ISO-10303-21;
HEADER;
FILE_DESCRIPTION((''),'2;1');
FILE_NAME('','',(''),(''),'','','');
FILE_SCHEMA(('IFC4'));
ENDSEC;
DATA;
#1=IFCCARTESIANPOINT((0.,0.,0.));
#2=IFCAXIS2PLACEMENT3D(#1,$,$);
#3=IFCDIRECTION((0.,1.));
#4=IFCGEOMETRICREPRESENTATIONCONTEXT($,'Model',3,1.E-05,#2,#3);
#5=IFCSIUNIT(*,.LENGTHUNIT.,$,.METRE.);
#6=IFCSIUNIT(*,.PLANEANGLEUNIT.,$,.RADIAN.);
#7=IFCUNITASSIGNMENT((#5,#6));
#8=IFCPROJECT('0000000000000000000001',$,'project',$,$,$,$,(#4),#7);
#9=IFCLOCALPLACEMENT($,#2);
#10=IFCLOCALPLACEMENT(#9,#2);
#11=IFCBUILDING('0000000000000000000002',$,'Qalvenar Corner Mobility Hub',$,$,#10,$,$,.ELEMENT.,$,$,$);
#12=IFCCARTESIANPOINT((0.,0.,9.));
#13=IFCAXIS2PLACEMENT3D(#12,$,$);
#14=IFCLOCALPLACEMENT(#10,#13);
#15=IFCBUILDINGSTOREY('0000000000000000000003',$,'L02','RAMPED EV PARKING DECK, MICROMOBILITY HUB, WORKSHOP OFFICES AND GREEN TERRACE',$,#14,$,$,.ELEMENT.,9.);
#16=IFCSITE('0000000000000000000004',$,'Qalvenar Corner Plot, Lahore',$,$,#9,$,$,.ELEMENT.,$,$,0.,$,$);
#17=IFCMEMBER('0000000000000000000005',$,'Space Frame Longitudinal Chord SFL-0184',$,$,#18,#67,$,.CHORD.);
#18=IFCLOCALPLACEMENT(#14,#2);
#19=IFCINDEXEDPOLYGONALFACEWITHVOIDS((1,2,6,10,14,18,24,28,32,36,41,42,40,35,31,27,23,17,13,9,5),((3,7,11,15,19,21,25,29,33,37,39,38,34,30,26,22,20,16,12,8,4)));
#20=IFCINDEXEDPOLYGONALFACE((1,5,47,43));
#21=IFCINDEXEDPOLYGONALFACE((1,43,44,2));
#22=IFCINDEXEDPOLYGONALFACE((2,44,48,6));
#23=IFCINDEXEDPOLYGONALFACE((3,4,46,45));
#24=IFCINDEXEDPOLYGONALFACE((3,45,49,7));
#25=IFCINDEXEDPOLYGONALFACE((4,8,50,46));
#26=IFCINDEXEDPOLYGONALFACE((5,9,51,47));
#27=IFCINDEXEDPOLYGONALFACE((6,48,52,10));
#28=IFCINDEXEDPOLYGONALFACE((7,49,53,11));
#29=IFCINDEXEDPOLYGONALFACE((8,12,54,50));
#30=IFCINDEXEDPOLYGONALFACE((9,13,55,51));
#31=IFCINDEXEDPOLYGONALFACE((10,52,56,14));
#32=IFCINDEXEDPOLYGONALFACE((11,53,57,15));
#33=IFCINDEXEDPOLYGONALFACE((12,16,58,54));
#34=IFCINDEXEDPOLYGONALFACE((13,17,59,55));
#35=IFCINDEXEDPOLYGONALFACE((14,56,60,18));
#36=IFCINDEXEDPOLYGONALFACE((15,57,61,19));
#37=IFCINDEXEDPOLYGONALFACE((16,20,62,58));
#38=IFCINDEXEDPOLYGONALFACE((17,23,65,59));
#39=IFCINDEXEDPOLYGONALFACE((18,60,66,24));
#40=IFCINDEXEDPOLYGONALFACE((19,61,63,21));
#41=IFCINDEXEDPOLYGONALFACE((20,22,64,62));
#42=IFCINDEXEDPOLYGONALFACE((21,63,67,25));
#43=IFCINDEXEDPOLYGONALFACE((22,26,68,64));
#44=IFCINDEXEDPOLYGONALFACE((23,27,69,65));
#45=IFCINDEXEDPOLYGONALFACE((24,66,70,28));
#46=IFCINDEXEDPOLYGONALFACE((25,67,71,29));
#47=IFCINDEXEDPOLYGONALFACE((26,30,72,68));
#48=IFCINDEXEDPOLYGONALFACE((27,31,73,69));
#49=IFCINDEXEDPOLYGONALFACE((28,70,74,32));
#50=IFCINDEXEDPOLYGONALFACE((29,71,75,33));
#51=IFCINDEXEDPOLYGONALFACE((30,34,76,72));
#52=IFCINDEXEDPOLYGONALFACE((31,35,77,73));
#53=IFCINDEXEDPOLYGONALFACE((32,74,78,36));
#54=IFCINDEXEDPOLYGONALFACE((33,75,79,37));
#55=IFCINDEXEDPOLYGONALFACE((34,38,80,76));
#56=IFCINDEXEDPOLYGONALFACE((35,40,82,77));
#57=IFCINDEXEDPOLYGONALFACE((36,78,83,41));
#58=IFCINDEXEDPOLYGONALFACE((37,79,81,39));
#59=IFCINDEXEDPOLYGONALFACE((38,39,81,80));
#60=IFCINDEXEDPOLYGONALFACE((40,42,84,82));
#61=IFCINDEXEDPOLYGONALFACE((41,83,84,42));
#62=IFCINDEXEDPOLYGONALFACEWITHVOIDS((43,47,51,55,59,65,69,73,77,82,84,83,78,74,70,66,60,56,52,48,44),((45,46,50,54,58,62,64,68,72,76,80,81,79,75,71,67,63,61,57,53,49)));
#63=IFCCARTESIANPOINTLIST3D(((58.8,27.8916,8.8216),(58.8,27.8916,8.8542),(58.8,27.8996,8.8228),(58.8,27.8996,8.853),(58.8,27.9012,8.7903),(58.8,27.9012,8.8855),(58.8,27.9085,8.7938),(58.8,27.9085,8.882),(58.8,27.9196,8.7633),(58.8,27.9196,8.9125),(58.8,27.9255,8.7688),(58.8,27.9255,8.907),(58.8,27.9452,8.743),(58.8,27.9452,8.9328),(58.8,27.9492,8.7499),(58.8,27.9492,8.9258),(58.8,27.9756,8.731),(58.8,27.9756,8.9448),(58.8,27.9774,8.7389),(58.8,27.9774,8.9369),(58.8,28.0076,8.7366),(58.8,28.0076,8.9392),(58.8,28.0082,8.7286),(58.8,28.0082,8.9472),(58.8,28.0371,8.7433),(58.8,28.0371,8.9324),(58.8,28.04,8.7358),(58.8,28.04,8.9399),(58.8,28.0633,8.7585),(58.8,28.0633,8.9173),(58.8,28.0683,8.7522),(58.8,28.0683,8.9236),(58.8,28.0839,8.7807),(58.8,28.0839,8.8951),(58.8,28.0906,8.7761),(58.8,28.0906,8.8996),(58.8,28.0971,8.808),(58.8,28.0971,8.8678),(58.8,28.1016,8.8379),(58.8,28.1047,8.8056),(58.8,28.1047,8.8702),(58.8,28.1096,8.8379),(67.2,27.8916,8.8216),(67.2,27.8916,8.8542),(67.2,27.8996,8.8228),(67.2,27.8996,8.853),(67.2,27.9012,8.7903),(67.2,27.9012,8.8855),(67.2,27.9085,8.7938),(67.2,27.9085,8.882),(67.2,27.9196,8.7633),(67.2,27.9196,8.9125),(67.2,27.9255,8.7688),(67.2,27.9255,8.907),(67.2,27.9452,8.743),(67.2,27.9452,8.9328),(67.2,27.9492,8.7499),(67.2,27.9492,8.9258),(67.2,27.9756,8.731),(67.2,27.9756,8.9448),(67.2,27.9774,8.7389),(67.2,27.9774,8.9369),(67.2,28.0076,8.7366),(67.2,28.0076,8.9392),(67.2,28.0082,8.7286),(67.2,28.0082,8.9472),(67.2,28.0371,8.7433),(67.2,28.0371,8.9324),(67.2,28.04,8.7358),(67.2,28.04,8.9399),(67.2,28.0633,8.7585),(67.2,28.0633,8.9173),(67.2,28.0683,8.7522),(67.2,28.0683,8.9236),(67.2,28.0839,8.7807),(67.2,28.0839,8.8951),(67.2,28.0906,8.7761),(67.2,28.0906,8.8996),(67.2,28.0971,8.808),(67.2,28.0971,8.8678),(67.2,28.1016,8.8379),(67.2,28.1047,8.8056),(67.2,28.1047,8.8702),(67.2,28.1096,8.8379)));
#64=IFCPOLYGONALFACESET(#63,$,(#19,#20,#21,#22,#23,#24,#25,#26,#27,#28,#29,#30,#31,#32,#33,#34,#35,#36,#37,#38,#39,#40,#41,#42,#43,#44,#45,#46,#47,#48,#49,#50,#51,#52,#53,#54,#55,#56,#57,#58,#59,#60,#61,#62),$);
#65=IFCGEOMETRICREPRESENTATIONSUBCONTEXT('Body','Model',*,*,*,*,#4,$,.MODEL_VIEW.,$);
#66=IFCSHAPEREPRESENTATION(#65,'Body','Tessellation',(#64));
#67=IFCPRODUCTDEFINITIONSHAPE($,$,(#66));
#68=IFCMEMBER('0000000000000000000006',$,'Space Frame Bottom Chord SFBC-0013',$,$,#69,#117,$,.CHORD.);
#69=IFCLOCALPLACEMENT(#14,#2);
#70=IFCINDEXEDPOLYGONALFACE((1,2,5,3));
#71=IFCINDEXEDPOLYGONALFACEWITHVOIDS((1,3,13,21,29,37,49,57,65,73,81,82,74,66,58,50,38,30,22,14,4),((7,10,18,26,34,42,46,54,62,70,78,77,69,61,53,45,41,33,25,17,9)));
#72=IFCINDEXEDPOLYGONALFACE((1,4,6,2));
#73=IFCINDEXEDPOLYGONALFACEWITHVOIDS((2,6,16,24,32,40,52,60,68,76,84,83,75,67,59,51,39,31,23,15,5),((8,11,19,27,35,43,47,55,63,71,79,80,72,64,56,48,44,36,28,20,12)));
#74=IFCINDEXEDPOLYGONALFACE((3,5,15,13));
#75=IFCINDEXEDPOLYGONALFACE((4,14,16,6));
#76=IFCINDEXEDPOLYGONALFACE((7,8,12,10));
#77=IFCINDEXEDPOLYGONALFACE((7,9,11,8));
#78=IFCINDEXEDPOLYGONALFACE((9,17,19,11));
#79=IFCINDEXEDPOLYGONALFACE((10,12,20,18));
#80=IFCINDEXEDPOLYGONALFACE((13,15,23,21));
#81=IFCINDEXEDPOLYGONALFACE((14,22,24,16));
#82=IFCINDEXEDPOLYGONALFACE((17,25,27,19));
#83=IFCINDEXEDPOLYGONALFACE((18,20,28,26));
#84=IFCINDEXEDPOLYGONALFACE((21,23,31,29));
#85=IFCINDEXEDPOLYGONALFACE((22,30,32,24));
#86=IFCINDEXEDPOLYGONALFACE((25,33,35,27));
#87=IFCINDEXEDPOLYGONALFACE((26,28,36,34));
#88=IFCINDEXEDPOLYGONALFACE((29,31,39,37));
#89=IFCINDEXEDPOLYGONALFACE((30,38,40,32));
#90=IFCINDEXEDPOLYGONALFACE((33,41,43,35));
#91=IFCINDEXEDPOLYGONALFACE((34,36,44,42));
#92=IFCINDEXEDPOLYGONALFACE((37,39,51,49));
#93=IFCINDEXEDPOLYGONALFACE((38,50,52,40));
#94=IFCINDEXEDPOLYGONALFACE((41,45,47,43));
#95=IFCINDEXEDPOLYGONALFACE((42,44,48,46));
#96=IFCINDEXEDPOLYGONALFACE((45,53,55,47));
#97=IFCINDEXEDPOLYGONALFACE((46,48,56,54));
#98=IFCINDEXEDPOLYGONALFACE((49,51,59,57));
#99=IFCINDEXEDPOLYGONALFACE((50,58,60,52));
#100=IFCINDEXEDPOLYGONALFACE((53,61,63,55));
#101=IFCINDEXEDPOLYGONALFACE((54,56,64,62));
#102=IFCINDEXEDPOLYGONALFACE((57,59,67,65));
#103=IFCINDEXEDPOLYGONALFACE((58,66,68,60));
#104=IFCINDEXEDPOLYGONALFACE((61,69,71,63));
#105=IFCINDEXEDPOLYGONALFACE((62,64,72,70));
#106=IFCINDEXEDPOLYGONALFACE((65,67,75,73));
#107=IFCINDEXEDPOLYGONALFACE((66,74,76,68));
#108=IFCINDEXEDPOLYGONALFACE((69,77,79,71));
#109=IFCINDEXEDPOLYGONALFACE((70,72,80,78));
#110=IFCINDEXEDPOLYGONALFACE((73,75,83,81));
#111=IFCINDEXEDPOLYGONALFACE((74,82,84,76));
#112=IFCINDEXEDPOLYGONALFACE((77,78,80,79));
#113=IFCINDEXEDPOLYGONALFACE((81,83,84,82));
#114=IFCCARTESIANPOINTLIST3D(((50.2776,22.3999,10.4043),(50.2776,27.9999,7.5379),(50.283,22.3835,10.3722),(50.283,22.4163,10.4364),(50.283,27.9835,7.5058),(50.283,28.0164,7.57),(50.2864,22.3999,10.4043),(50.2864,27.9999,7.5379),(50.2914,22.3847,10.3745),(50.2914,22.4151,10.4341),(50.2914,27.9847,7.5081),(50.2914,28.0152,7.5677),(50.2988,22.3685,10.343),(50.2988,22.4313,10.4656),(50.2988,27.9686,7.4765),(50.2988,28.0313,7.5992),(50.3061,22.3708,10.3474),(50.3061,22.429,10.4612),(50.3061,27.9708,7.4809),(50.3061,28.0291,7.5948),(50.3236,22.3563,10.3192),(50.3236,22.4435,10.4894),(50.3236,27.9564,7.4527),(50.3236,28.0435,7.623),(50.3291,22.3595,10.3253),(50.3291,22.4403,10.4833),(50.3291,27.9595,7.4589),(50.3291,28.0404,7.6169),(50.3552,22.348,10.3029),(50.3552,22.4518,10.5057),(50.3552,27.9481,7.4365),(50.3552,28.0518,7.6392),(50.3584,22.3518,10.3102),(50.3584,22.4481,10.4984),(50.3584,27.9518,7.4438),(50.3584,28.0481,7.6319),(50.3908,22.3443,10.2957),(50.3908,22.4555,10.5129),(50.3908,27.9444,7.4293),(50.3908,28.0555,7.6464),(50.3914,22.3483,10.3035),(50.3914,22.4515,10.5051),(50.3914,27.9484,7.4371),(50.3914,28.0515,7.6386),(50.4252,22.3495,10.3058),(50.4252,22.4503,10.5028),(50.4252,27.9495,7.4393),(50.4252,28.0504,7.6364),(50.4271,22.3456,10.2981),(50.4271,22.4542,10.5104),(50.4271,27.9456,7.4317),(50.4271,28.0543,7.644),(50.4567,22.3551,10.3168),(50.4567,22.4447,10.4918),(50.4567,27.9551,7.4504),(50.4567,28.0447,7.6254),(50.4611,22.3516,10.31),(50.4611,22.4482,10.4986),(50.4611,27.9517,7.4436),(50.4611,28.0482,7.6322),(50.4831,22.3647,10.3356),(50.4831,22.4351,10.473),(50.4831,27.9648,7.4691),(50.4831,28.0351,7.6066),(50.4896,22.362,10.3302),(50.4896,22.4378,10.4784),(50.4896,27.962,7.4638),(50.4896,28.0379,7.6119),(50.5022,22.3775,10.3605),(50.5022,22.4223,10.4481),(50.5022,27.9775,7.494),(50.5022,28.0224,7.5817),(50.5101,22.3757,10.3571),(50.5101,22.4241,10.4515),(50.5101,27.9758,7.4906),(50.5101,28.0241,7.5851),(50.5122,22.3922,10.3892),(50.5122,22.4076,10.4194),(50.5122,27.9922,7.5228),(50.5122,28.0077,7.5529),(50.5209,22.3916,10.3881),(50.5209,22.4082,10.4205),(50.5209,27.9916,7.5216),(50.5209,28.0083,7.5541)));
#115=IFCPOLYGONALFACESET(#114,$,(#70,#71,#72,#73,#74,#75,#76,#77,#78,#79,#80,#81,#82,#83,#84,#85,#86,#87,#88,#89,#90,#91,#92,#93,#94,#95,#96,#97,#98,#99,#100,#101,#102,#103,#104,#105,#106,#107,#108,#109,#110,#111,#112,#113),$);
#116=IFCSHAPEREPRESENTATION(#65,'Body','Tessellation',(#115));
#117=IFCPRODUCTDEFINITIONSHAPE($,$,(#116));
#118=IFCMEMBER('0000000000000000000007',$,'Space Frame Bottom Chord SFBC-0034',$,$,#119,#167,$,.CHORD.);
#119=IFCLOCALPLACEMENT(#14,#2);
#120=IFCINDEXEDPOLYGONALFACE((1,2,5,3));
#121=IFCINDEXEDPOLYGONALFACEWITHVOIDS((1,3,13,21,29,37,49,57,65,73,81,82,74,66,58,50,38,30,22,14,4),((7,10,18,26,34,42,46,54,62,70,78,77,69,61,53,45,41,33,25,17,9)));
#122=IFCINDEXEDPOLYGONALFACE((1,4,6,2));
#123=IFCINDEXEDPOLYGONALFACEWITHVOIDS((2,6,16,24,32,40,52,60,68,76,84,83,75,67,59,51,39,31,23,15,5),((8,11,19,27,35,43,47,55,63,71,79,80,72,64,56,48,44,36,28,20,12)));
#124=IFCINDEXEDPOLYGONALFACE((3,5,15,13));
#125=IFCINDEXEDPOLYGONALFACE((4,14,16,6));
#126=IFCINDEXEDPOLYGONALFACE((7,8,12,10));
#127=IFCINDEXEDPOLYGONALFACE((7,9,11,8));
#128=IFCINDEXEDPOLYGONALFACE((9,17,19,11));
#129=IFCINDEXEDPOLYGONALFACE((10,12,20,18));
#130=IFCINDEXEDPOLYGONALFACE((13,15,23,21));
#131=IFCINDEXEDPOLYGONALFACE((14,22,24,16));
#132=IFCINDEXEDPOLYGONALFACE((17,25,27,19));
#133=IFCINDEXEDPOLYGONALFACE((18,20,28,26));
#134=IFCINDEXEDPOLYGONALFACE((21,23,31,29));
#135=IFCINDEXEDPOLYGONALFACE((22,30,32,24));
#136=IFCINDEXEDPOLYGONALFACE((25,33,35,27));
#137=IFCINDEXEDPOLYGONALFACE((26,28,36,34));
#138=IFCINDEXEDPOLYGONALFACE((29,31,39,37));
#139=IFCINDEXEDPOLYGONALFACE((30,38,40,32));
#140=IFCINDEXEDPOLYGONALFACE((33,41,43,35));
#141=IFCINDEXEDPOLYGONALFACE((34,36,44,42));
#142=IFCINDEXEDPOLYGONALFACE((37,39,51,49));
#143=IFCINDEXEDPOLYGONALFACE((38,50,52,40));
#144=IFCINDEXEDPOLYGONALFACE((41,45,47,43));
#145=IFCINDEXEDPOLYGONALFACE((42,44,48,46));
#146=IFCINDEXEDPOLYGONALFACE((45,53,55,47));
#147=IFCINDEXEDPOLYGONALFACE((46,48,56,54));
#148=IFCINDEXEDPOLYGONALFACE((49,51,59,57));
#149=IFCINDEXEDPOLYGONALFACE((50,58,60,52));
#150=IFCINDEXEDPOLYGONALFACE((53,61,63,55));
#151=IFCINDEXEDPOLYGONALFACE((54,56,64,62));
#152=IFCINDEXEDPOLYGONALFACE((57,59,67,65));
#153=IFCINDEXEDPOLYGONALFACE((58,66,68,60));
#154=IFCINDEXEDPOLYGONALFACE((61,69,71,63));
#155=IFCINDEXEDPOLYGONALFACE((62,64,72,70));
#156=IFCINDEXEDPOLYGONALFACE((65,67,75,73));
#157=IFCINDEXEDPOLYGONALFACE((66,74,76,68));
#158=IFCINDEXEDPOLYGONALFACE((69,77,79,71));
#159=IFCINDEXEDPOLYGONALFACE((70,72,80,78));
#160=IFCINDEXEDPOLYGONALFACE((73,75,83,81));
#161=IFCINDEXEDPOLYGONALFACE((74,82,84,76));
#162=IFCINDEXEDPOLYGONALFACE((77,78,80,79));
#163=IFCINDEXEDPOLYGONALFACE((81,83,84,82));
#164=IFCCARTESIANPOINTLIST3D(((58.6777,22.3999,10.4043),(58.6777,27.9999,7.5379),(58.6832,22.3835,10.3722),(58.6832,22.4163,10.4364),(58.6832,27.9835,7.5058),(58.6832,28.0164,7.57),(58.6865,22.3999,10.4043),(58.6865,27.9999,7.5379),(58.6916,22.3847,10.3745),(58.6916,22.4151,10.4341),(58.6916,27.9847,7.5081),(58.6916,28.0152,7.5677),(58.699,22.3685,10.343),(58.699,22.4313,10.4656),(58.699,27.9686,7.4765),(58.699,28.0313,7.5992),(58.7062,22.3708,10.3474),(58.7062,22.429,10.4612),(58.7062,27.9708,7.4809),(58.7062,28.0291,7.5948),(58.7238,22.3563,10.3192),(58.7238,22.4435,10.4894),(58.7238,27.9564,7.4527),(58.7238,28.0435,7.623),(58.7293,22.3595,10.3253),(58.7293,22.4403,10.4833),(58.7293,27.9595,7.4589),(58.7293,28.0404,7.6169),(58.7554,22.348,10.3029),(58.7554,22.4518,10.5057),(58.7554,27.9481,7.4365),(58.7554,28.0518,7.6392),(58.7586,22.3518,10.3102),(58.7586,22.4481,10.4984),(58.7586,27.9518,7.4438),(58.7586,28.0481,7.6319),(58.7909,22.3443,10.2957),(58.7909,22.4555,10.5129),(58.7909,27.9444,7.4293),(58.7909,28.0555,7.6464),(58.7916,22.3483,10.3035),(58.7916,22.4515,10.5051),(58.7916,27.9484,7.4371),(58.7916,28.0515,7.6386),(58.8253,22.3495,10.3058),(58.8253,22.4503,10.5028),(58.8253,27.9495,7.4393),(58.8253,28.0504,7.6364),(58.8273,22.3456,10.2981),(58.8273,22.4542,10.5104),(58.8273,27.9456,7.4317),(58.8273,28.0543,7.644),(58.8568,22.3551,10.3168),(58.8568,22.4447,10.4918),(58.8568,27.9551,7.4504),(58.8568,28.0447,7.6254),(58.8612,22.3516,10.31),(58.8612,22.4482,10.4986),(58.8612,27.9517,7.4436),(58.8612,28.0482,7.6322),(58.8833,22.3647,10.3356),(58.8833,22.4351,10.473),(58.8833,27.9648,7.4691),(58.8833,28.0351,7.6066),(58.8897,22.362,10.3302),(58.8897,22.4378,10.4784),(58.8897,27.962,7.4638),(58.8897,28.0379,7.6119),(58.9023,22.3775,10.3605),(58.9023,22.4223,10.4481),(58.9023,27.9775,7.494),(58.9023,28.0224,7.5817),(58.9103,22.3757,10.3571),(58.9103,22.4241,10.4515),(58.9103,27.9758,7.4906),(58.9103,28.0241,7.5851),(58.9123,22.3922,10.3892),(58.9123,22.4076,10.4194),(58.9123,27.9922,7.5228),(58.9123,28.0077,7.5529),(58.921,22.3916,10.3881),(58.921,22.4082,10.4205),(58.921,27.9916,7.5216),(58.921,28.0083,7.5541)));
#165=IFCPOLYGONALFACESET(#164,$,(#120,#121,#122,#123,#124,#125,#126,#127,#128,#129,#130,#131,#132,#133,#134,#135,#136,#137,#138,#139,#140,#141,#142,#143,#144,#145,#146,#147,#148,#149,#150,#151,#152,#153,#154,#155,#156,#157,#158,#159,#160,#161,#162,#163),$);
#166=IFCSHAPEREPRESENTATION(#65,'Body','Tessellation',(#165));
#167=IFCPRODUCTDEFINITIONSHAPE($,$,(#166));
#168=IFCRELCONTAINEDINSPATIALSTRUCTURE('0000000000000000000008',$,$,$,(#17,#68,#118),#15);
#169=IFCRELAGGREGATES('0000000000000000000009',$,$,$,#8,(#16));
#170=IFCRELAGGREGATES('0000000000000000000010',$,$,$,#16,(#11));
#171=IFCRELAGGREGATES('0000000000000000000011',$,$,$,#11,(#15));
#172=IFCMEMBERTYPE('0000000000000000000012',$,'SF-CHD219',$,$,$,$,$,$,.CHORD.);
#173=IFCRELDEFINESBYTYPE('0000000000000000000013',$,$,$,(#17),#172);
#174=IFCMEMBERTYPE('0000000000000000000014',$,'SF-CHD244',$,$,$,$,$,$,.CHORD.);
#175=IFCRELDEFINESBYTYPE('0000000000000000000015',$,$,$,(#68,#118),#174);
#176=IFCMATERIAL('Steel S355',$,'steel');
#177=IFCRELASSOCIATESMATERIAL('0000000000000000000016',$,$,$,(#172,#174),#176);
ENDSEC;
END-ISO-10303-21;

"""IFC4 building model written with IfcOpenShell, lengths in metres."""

from ifc_helpers import new_model, si_unit, direction, frame, origin, origin_2d, place, context, subcontext, project, spatial, hollow_circle, extrude, material, material_profile, profile_set, type_object, element, save


model = new_model("IFC4")

# Units and contexts
model_context = context("Model", 3, precision=1e-05, world=origin(), true_north=direction((0.0, 1.0)))
body_context = subcontext(model_context, "Body", "Model", "MODEL_VIEW")
ifc_project = project(units=[si_unit("LENGTHUNIT", "METRE"), si_unit("PLANEANGLEUNIT", "RADIAN")], contexts=[model_context])

# Site, building, storey
site_placement = place(None, origin())
site = spatial("IfcSite", under=ifc_project, at=site_placement, Name="Qalvenar Corner Plot, Lahore", CompositionType="ELEMENT", RefElevation=0.0)
building_placement = place(site_placement, origin())
building = spatial("IfcBuilding", under=site, at=building_placement, Name="Qalvenar Corner Mobility Hub", CompositionType="ELEMENT")
storey_placement = place(building_placement, frame((0.0, 0.0, 9.0)))
storey = spatial("IfcBuildingStorey", under=building, at=storey_placement, Name="L02", Description="RAMPED EV PARKING DECK, MICROMOBILITY HUB, WORKSHOP OFFICES AND GREEN TERRACE", CompositionType="ELEMENT", Elevation=9.0)

# Members
ifc_material_1 = material(Name="Steel S355", Category="steel")
ifc_material_profile_1 = material_profile(ifc_material_1, hollow_circle(Radius=0.1096, WallThickness=0.0081, at=origin_2d()), Name="CHS219.1x8")
ifc_profile_set_1 = profile_set([ifc_material_profile_1], Name="Steel S355")
member_type_1 = type_object("IfcMemberType", Name="SF-CHD219", PredefinedType="CHORD", material=ifc_profile_set_1)
for number, where, z_axis, x_axis, name in (
    (1, (58.8, 28.0, 8.8379), (1.0, 0.0, 0.0), (0.0, 1.0, 0.0), "Space Frame Longitudinal Chord SFL-0184"),
):
    element("IfcMember", number, at=place(storey_placement, frame(where, z_axis=z_axis, x_axis=x_axis)), inside=storey, type_object=member_type_1, Name=name, PredefinedType="CHORD", context=body_context, shape_type="SweptSolid", body=[
        extrude(hollow_circle(Radius=0.1096, WallThickness=0.0081, at=origin_2d()), origin(), (0.0, 0.0, 1.0), 8.3999),
    ])
ifc_material_profile_2 = material_profile(ifc_material_1, hollow_circle(Radius=0.1223, WallThickness=0.0088, at=origin_2d()), Name="CHS244.5x8.8")
ifc_profile_set_2 = profile_set([ifc_material_profile_2], Name="Steel S355")
member_type_2 = type_object("IfcMemberType", Name="SF-CHD244", PredefinedType="CHORD", material=ifc_profile_set_2)
for number, where, z_axis, x_axis, name in (
    (2, (50.3999, 22.3999, 10.4043), (0.0, 0.890165, -0.455638), (-1.0, 0.0, 0.0), "Space Frame Bottom Chord SFBC-0013"),
    (3, (58.8, 22.3999, 10.4043), (0.0, 0.890165, -0.455638), (-1.0, 0.0, 0.0), "Space Frame Bottom Chord SFBC-0034"),
):
    element("IfcMember", number, at=place(storey_placement, frame(where, z_axis=z_axis, x_axis=x_axis)), inside=storey, type_object=member_type_2, Name=name, PredefinedType="CHORD", context=body_context, shape_type="SweptSolid", body=[
        extrude(hollow_circle(Radius=0.1223, WallThickness=0.0088, at=origin_2d()), origin(), (0.0, 0.0, 1.0), 6.291),
    ])

save(model, "model.ifc")
